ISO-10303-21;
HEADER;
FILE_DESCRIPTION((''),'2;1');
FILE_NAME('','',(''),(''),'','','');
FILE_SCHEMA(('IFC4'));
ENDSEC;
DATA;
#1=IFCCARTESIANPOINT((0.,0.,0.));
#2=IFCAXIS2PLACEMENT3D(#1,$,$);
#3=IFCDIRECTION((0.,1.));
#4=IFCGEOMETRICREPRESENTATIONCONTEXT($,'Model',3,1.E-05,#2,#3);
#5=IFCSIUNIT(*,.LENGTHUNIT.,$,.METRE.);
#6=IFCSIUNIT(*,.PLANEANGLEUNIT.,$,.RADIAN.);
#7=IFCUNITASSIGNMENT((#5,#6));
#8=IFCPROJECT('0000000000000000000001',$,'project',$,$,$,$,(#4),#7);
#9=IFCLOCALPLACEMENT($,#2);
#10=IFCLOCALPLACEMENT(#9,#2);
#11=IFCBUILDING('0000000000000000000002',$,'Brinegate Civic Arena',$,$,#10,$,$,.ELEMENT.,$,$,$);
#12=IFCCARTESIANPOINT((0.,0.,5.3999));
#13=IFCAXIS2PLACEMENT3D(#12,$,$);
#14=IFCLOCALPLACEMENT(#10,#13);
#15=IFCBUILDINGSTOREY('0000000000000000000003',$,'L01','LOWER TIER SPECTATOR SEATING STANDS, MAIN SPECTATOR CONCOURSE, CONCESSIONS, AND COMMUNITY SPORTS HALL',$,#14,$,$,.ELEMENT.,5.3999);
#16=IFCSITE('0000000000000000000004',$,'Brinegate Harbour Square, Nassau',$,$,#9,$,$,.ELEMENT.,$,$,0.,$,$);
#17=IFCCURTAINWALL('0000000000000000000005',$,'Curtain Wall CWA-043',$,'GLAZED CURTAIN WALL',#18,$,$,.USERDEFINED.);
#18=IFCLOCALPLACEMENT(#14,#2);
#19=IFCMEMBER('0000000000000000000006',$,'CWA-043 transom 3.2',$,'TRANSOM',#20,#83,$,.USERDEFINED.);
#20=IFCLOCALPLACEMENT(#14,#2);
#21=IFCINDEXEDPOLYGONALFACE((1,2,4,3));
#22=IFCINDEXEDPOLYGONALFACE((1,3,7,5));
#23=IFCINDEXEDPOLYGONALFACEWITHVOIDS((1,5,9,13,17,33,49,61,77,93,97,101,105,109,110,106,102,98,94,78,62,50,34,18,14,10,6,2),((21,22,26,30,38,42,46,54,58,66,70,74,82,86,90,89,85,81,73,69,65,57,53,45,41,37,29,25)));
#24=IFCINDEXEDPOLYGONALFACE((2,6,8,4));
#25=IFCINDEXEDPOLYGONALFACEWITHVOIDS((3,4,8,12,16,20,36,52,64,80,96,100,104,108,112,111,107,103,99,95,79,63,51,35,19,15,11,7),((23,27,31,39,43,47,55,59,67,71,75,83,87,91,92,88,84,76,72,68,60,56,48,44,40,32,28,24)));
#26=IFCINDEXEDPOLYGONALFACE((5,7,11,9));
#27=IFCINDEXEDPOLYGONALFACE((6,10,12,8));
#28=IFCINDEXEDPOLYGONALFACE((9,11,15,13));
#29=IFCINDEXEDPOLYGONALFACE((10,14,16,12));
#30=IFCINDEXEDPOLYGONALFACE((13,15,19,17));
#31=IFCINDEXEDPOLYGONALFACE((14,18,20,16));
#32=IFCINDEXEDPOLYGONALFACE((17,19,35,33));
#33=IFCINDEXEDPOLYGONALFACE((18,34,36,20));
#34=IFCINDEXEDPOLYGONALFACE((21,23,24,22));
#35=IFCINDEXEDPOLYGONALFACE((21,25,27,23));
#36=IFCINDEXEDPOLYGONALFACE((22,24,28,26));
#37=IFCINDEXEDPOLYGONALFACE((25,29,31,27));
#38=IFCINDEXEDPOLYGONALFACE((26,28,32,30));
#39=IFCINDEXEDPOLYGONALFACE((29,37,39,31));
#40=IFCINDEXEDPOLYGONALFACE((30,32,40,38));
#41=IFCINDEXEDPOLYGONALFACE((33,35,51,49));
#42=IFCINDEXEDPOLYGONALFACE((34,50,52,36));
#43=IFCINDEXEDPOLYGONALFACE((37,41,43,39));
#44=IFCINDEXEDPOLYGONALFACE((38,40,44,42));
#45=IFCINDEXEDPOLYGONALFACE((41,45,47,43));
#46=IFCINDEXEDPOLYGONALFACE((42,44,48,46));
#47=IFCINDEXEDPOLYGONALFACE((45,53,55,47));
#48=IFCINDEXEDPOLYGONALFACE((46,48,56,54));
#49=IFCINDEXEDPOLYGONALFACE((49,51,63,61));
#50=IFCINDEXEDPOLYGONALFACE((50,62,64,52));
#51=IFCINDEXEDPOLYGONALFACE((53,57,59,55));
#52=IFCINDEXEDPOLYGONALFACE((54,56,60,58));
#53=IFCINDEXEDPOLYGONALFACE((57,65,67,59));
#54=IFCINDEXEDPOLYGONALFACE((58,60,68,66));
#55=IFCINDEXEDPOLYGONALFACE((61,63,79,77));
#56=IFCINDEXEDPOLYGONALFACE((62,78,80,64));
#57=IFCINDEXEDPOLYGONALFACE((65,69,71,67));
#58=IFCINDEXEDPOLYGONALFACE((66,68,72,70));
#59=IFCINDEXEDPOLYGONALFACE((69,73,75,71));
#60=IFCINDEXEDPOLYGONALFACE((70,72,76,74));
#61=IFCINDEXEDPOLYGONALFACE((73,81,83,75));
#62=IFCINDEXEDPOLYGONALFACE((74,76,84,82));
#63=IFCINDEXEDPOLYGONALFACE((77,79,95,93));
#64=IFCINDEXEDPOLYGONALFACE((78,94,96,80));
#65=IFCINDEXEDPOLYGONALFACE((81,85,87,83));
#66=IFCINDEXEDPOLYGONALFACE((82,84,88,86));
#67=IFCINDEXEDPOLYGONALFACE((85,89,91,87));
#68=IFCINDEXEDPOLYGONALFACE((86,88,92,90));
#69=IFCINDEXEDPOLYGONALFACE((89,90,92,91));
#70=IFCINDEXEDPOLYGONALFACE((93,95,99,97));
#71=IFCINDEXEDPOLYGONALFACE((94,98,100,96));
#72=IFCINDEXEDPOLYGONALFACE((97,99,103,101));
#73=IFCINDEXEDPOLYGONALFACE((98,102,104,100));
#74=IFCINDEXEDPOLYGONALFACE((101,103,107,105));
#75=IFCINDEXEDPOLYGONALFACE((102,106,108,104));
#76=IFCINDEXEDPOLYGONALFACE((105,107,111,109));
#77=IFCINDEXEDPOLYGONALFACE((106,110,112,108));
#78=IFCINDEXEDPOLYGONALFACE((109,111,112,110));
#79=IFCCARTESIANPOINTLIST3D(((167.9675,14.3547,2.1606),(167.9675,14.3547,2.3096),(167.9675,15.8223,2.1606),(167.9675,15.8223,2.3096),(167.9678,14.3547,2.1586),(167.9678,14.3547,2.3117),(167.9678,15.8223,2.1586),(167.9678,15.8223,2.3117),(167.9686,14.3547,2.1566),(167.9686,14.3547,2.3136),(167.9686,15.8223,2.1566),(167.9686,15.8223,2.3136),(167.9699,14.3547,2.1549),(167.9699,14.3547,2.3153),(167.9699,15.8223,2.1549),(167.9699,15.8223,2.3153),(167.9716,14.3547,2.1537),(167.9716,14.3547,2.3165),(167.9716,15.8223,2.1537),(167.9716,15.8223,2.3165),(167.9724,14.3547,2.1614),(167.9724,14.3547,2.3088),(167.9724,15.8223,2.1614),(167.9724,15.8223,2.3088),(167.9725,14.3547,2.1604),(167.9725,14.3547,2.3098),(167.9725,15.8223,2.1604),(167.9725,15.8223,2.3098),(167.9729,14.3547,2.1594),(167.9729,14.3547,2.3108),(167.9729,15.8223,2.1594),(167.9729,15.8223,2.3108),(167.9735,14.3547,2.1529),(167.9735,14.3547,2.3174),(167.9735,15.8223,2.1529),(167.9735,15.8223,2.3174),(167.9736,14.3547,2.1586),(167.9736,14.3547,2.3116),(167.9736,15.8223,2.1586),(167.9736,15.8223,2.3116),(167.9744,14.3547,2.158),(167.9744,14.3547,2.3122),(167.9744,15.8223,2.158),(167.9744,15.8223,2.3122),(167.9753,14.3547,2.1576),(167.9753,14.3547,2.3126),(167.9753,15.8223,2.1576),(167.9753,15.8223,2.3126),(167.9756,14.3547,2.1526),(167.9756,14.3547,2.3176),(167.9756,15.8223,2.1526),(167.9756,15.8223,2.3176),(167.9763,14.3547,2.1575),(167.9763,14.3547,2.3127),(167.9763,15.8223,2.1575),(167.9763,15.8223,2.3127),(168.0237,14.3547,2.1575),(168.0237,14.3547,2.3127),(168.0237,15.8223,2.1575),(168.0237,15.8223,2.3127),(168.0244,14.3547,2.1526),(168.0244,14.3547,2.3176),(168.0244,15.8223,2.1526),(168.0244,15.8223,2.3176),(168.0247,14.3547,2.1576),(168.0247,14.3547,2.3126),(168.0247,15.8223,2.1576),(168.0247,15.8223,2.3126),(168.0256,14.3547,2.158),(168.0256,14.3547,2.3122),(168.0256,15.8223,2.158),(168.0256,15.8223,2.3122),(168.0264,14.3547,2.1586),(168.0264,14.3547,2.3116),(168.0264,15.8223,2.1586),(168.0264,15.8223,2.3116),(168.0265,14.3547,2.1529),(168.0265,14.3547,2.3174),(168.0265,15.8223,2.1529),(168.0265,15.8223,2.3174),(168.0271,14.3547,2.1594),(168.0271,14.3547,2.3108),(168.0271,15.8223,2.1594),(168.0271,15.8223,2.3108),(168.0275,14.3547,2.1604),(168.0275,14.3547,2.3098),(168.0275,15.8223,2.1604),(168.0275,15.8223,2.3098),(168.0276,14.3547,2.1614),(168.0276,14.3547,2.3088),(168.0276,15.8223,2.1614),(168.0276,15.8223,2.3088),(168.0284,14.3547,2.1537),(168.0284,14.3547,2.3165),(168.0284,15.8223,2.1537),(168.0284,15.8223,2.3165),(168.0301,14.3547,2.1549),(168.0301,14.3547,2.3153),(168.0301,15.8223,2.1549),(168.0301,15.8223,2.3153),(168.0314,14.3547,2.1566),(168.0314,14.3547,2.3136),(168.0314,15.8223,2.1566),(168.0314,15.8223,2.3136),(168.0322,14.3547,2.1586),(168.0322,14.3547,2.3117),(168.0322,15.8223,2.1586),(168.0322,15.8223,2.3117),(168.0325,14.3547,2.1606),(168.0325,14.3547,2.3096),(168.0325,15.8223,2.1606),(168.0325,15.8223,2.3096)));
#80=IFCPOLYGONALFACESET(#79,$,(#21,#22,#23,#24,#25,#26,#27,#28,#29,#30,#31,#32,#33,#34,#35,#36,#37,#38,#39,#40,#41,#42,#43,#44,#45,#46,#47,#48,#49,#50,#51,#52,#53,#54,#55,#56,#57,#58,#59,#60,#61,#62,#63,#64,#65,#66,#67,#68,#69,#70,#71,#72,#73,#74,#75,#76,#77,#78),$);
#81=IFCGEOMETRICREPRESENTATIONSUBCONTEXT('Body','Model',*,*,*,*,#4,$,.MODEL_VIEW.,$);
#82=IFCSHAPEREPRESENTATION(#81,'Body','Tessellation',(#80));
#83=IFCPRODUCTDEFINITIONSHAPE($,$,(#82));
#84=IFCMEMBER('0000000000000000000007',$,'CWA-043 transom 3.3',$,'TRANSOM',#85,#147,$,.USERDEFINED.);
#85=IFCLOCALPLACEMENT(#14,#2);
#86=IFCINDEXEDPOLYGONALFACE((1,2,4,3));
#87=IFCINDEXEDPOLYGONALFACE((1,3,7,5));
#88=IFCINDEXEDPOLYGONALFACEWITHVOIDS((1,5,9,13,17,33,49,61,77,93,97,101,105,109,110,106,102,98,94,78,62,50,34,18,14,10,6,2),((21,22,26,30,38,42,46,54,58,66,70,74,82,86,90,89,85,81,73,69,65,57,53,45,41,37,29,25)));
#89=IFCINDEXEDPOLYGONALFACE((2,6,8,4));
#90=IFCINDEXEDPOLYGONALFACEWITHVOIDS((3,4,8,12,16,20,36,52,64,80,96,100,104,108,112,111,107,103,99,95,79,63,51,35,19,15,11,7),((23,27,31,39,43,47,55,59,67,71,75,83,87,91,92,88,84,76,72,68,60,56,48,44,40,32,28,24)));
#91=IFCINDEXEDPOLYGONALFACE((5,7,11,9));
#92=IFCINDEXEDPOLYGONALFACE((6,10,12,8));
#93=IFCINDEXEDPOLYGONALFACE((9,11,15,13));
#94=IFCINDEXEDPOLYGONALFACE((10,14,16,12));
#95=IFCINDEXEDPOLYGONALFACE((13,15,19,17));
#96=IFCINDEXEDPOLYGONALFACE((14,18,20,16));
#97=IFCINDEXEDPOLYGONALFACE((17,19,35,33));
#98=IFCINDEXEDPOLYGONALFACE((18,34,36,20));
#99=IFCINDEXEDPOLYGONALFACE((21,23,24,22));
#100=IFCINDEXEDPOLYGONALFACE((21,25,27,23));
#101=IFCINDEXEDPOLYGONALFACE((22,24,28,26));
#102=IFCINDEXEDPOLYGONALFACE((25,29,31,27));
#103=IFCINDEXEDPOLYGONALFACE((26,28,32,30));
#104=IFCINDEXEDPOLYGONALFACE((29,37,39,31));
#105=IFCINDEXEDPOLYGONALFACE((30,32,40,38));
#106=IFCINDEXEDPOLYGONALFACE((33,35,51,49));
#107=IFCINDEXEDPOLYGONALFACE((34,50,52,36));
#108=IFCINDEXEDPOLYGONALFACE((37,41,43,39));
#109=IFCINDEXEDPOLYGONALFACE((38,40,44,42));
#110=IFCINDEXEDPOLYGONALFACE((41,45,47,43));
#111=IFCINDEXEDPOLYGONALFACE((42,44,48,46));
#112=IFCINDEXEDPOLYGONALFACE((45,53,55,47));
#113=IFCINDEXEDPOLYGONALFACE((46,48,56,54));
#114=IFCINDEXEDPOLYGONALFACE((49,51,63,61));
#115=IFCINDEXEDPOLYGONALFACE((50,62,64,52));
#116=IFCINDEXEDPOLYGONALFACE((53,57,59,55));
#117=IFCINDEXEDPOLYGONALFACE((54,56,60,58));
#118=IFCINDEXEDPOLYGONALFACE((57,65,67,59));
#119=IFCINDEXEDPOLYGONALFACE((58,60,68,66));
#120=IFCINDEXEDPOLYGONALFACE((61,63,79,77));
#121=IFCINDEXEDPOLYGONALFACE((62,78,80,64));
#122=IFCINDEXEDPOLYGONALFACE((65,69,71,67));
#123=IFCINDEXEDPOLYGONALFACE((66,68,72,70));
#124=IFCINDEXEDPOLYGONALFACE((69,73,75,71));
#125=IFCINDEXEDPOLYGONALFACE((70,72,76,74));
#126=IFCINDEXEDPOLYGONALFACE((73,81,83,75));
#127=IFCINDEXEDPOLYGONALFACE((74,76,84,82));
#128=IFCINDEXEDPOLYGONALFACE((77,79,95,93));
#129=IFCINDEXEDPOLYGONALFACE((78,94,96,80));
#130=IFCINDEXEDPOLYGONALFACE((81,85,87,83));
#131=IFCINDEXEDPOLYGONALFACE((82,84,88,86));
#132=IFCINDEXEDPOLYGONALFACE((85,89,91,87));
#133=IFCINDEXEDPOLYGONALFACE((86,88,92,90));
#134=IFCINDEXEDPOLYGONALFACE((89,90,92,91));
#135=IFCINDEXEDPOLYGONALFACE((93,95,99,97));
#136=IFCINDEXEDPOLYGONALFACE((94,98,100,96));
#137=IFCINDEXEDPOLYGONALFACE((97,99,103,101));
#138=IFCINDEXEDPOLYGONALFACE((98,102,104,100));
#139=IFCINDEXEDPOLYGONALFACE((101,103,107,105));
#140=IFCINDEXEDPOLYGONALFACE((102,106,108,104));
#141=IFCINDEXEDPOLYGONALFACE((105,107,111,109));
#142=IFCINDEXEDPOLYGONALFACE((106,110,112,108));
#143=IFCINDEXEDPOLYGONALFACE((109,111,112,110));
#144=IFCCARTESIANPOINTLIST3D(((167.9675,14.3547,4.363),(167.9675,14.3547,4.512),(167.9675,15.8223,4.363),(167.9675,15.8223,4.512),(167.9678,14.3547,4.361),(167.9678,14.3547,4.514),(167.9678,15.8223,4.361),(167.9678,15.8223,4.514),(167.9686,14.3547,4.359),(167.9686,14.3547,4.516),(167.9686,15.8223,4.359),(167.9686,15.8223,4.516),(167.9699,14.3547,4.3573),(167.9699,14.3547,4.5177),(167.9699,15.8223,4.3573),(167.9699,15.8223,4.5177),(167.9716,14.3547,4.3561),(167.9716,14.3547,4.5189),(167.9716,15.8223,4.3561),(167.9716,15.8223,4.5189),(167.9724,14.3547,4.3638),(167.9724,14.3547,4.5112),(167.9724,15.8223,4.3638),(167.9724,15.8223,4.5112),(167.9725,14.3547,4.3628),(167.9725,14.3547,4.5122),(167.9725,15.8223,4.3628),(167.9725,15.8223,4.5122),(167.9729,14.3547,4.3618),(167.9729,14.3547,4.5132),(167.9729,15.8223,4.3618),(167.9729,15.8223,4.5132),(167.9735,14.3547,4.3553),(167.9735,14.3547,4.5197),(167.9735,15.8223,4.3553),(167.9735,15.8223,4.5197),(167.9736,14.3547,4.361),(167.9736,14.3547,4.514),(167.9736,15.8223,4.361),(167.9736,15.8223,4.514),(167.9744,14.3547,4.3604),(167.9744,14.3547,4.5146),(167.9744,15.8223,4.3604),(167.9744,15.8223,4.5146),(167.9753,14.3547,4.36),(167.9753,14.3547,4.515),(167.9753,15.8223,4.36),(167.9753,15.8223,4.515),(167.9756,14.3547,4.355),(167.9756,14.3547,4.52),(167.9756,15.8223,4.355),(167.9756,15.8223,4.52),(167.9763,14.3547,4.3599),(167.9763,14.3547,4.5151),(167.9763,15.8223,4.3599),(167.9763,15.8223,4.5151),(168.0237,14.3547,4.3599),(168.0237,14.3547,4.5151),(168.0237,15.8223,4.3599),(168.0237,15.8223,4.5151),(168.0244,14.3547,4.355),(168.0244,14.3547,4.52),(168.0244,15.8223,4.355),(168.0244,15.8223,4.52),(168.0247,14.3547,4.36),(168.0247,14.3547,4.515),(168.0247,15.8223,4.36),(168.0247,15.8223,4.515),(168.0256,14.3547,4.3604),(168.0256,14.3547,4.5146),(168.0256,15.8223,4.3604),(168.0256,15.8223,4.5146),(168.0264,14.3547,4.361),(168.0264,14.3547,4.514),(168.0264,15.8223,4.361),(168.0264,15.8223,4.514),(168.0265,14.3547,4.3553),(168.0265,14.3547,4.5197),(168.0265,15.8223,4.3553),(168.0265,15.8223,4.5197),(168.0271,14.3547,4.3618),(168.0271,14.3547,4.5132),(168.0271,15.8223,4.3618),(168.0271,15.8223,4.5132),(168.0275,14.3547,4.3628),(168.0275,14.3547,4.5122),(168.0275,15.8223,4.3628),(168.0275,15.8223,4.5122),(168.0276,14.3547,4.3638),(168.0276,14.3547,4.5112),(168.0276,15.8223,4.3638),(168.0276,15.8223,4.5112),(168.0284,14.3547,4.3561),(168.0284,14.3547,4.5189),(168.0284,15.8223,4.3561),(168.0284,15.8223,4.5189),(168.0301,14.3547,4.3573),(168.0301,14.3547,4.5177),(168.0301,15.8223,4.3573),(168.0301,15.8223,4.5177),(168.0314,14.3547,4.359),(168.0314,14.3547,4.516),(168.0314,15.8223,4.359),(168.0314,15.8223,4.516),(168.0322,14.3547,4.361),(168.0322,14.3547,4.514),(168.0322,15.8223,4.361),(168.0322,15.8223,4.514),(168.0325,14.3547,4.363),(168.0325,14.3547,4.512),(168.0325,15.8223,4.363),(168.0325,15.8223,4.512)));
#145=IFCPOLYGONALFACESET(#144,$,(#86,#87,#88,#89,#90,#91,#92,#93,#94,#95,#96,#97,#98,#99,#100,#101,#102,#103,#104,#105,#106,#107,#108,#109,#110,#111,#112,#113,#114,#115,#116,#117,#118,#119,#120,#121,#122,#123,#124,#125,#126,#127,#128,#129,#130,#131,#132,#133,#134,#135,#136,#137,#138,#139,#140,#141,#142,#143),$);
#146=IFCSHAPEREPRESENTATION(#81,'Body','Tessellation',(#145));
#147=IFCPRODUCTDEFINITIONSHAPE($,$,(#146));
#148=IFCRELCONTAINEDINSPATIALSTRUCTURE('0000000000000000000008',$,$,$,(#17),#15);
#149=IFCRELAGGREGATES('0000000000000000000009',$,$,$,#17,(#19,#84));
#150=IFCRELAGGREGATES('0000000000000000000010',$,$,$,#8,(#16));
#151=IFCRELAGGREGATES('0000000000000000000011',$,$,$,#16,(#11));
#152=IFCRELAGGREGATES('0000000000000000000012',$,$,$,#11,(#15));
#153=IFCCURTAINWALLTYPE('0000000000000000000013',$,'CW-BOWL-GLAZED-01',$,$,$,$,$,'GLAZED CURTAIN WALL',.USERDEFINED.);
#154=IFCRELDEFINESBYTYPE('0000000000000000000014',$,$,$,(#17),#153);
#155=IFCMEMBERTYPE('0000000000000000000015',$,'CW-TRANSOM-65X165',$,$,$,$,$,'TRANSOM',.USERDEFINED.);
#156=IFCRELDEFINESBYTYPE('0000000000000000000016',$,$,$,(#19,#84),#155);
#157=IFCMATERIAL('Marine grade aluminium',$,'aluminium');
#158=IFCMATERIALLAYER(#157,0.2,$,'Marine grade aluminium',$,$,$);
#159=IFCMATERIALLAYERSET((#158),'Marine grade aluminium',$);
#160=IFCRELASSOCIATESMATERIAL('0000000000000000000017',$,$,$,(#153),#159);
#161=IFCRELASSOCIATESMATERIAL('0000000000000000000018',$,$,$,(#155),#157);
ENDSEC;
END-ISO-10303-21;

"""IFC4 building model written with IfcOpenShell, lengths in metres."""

from ifc_helpers import new_model, si_unit, direction, frame, origin, origin_2d, place, context, subcontext, project, spatial, hollow_rectangle, extrude, material, layer, layer_set, material_profile, profile_set, type_object, element, aggregate, save


model = new_model("IFC4")

# Units and contexts
model_context = context("Model", 3, precision=1e-05, world=origin(), true_north=direction((0.0, 1.0)))
body_context = subcontext(model_context, "Body", "Model", "MODEL_VIEW")
ifc_project = project(units=[si_unit("LENGTHUNIT", "METRE"), si_unit("PLANEANGLEUNIT", "RADIAN")], contexts=[model_context])

# Site, building, storey
site_placement = place(None, origin())
site = spatial("IfcSite", under=ifc_project, at=site_placement, Name="Brinegate Harbour Square, Nassau", CompositionType="ELEMENT", RefElevation=0.0)
building_placement = place(site_placement, origin())
building = spatial("IfcBuilding", under=site, at=building_placement, Name="Brinegate Civic Arena", CompositionType="ELEMENT")
storey_placement = place(building_placement, frame((0.0, 0.0, 5.3999)))
storey = spatial("IfcBuildingStorey", under=building, at=storey_placement, Name="L01", Description="LOWER TIER SPECTATOR SEATING STANDS, MAIN SPECTATOR CONCOURSE, CONCESSIONS, AND COMMUNITY SPORTS HALL", CompositionType="ELEMENT", Elevation=5.3999)

# Curtain wall, members
ifc_material_1 = material(Name="Marine grade aluminium", Category="aluminium")
ifc_layer_1 = layer(ifc_material_1, 0.2, Name="Marine grade aluminium")
ifc_layer_set_1 = layer_set([ifc_layer_1], Name="Marine grade aluminium")
curtain_wall_type = type_object("IfcCurtainWallType", Name="CW-BOWL-GLAZED-01", ElementType="GLAZED CURTAIN WALL", PredefinedType="USERDEFINED", material=ifc_layer_set_1)
curtain_wall_placement = place(storey_placement, origin())
curtain_wall = element("IfcCurtainWall", 1, at=curtain_wall_placement, inside=storey, type_object=curtain_wall_type, Name="Curtain Wall CWA-043", ObjectType="GLAZED CURTAIN WALL", PredefinedType="USERDEFINED")
ifc_material_profile_1 = material_profile(ifc_material_1, hollow_rectangle(XDim=0.0649, YDim=0.165, WallThickness=0.0049, InnerFilletRadius=0.0039, OuterFilletRadius=0.0081, at=origin_2d()), Name="TRN65X165")
ifc_profile_set_1 = profile_set([ifc_material_profile_1], Name="Marine grade aluminium")
member_type_1 = type_object("IfcMemberType", Name="CW-TRANSOM-65X165", ElementType="TRANSOM", PredefinedType="USERDEFINED", material=ifc_profile_set_1)
member_1_placement = place(storey_placement, frame((168.0, 14.3547, 2.2351), z_axis=(0.0, 1.0, 0.0), x_axis=(-1.0, 0.0, 0.0)))
member_1 = element("IfcMember", 2, at=member_1_placement, type_object=member_type_1, Name="CWA-043 transom 3.2", ObjectType="TRANSOM", PredefinedType="USERDEFINED", context=body_context, shape_type="SweptSolid", body=[
    extrude(hollow_rectangle(XDim=0.0649, YDim=0.165, WallThickness=0.0049, InnerFilletRadius=0.0039, OuterFilletRadius=0.0081, at=origin_2d()), origin(), (0.0, 0.0, 1.0), 1.4675),
])
member_2_placement = place(storey_placement, frame((168.0, 14.3547, 4.4375), z_axis=(0.0, 1.0, 0.0), x_axis=(-1.0, 0.0, 0.0)))
member_2 = element("IfcMember", 3, at=member_2_placement, type_object=member_type_1, Name="CWA-043 transom 3.3", ObjectType="TRANSOM", PredefinedType="USERDEFINED", context=body_context, shape_type="SweptSolid", body=[
    extrude(hollow_rectangle(XDim=0.0649, YDim=0.165, WallThickness=0.0049, InnerFilletRadius=0.0039, OuterFilletRadius=0.0081, at=origin_2d()), origin(), (0.0, 0.0, 1.0), 1.4675),
])
aggregate(curtain_wall, [member_1, member_2])

save(model, "model.ifc")
